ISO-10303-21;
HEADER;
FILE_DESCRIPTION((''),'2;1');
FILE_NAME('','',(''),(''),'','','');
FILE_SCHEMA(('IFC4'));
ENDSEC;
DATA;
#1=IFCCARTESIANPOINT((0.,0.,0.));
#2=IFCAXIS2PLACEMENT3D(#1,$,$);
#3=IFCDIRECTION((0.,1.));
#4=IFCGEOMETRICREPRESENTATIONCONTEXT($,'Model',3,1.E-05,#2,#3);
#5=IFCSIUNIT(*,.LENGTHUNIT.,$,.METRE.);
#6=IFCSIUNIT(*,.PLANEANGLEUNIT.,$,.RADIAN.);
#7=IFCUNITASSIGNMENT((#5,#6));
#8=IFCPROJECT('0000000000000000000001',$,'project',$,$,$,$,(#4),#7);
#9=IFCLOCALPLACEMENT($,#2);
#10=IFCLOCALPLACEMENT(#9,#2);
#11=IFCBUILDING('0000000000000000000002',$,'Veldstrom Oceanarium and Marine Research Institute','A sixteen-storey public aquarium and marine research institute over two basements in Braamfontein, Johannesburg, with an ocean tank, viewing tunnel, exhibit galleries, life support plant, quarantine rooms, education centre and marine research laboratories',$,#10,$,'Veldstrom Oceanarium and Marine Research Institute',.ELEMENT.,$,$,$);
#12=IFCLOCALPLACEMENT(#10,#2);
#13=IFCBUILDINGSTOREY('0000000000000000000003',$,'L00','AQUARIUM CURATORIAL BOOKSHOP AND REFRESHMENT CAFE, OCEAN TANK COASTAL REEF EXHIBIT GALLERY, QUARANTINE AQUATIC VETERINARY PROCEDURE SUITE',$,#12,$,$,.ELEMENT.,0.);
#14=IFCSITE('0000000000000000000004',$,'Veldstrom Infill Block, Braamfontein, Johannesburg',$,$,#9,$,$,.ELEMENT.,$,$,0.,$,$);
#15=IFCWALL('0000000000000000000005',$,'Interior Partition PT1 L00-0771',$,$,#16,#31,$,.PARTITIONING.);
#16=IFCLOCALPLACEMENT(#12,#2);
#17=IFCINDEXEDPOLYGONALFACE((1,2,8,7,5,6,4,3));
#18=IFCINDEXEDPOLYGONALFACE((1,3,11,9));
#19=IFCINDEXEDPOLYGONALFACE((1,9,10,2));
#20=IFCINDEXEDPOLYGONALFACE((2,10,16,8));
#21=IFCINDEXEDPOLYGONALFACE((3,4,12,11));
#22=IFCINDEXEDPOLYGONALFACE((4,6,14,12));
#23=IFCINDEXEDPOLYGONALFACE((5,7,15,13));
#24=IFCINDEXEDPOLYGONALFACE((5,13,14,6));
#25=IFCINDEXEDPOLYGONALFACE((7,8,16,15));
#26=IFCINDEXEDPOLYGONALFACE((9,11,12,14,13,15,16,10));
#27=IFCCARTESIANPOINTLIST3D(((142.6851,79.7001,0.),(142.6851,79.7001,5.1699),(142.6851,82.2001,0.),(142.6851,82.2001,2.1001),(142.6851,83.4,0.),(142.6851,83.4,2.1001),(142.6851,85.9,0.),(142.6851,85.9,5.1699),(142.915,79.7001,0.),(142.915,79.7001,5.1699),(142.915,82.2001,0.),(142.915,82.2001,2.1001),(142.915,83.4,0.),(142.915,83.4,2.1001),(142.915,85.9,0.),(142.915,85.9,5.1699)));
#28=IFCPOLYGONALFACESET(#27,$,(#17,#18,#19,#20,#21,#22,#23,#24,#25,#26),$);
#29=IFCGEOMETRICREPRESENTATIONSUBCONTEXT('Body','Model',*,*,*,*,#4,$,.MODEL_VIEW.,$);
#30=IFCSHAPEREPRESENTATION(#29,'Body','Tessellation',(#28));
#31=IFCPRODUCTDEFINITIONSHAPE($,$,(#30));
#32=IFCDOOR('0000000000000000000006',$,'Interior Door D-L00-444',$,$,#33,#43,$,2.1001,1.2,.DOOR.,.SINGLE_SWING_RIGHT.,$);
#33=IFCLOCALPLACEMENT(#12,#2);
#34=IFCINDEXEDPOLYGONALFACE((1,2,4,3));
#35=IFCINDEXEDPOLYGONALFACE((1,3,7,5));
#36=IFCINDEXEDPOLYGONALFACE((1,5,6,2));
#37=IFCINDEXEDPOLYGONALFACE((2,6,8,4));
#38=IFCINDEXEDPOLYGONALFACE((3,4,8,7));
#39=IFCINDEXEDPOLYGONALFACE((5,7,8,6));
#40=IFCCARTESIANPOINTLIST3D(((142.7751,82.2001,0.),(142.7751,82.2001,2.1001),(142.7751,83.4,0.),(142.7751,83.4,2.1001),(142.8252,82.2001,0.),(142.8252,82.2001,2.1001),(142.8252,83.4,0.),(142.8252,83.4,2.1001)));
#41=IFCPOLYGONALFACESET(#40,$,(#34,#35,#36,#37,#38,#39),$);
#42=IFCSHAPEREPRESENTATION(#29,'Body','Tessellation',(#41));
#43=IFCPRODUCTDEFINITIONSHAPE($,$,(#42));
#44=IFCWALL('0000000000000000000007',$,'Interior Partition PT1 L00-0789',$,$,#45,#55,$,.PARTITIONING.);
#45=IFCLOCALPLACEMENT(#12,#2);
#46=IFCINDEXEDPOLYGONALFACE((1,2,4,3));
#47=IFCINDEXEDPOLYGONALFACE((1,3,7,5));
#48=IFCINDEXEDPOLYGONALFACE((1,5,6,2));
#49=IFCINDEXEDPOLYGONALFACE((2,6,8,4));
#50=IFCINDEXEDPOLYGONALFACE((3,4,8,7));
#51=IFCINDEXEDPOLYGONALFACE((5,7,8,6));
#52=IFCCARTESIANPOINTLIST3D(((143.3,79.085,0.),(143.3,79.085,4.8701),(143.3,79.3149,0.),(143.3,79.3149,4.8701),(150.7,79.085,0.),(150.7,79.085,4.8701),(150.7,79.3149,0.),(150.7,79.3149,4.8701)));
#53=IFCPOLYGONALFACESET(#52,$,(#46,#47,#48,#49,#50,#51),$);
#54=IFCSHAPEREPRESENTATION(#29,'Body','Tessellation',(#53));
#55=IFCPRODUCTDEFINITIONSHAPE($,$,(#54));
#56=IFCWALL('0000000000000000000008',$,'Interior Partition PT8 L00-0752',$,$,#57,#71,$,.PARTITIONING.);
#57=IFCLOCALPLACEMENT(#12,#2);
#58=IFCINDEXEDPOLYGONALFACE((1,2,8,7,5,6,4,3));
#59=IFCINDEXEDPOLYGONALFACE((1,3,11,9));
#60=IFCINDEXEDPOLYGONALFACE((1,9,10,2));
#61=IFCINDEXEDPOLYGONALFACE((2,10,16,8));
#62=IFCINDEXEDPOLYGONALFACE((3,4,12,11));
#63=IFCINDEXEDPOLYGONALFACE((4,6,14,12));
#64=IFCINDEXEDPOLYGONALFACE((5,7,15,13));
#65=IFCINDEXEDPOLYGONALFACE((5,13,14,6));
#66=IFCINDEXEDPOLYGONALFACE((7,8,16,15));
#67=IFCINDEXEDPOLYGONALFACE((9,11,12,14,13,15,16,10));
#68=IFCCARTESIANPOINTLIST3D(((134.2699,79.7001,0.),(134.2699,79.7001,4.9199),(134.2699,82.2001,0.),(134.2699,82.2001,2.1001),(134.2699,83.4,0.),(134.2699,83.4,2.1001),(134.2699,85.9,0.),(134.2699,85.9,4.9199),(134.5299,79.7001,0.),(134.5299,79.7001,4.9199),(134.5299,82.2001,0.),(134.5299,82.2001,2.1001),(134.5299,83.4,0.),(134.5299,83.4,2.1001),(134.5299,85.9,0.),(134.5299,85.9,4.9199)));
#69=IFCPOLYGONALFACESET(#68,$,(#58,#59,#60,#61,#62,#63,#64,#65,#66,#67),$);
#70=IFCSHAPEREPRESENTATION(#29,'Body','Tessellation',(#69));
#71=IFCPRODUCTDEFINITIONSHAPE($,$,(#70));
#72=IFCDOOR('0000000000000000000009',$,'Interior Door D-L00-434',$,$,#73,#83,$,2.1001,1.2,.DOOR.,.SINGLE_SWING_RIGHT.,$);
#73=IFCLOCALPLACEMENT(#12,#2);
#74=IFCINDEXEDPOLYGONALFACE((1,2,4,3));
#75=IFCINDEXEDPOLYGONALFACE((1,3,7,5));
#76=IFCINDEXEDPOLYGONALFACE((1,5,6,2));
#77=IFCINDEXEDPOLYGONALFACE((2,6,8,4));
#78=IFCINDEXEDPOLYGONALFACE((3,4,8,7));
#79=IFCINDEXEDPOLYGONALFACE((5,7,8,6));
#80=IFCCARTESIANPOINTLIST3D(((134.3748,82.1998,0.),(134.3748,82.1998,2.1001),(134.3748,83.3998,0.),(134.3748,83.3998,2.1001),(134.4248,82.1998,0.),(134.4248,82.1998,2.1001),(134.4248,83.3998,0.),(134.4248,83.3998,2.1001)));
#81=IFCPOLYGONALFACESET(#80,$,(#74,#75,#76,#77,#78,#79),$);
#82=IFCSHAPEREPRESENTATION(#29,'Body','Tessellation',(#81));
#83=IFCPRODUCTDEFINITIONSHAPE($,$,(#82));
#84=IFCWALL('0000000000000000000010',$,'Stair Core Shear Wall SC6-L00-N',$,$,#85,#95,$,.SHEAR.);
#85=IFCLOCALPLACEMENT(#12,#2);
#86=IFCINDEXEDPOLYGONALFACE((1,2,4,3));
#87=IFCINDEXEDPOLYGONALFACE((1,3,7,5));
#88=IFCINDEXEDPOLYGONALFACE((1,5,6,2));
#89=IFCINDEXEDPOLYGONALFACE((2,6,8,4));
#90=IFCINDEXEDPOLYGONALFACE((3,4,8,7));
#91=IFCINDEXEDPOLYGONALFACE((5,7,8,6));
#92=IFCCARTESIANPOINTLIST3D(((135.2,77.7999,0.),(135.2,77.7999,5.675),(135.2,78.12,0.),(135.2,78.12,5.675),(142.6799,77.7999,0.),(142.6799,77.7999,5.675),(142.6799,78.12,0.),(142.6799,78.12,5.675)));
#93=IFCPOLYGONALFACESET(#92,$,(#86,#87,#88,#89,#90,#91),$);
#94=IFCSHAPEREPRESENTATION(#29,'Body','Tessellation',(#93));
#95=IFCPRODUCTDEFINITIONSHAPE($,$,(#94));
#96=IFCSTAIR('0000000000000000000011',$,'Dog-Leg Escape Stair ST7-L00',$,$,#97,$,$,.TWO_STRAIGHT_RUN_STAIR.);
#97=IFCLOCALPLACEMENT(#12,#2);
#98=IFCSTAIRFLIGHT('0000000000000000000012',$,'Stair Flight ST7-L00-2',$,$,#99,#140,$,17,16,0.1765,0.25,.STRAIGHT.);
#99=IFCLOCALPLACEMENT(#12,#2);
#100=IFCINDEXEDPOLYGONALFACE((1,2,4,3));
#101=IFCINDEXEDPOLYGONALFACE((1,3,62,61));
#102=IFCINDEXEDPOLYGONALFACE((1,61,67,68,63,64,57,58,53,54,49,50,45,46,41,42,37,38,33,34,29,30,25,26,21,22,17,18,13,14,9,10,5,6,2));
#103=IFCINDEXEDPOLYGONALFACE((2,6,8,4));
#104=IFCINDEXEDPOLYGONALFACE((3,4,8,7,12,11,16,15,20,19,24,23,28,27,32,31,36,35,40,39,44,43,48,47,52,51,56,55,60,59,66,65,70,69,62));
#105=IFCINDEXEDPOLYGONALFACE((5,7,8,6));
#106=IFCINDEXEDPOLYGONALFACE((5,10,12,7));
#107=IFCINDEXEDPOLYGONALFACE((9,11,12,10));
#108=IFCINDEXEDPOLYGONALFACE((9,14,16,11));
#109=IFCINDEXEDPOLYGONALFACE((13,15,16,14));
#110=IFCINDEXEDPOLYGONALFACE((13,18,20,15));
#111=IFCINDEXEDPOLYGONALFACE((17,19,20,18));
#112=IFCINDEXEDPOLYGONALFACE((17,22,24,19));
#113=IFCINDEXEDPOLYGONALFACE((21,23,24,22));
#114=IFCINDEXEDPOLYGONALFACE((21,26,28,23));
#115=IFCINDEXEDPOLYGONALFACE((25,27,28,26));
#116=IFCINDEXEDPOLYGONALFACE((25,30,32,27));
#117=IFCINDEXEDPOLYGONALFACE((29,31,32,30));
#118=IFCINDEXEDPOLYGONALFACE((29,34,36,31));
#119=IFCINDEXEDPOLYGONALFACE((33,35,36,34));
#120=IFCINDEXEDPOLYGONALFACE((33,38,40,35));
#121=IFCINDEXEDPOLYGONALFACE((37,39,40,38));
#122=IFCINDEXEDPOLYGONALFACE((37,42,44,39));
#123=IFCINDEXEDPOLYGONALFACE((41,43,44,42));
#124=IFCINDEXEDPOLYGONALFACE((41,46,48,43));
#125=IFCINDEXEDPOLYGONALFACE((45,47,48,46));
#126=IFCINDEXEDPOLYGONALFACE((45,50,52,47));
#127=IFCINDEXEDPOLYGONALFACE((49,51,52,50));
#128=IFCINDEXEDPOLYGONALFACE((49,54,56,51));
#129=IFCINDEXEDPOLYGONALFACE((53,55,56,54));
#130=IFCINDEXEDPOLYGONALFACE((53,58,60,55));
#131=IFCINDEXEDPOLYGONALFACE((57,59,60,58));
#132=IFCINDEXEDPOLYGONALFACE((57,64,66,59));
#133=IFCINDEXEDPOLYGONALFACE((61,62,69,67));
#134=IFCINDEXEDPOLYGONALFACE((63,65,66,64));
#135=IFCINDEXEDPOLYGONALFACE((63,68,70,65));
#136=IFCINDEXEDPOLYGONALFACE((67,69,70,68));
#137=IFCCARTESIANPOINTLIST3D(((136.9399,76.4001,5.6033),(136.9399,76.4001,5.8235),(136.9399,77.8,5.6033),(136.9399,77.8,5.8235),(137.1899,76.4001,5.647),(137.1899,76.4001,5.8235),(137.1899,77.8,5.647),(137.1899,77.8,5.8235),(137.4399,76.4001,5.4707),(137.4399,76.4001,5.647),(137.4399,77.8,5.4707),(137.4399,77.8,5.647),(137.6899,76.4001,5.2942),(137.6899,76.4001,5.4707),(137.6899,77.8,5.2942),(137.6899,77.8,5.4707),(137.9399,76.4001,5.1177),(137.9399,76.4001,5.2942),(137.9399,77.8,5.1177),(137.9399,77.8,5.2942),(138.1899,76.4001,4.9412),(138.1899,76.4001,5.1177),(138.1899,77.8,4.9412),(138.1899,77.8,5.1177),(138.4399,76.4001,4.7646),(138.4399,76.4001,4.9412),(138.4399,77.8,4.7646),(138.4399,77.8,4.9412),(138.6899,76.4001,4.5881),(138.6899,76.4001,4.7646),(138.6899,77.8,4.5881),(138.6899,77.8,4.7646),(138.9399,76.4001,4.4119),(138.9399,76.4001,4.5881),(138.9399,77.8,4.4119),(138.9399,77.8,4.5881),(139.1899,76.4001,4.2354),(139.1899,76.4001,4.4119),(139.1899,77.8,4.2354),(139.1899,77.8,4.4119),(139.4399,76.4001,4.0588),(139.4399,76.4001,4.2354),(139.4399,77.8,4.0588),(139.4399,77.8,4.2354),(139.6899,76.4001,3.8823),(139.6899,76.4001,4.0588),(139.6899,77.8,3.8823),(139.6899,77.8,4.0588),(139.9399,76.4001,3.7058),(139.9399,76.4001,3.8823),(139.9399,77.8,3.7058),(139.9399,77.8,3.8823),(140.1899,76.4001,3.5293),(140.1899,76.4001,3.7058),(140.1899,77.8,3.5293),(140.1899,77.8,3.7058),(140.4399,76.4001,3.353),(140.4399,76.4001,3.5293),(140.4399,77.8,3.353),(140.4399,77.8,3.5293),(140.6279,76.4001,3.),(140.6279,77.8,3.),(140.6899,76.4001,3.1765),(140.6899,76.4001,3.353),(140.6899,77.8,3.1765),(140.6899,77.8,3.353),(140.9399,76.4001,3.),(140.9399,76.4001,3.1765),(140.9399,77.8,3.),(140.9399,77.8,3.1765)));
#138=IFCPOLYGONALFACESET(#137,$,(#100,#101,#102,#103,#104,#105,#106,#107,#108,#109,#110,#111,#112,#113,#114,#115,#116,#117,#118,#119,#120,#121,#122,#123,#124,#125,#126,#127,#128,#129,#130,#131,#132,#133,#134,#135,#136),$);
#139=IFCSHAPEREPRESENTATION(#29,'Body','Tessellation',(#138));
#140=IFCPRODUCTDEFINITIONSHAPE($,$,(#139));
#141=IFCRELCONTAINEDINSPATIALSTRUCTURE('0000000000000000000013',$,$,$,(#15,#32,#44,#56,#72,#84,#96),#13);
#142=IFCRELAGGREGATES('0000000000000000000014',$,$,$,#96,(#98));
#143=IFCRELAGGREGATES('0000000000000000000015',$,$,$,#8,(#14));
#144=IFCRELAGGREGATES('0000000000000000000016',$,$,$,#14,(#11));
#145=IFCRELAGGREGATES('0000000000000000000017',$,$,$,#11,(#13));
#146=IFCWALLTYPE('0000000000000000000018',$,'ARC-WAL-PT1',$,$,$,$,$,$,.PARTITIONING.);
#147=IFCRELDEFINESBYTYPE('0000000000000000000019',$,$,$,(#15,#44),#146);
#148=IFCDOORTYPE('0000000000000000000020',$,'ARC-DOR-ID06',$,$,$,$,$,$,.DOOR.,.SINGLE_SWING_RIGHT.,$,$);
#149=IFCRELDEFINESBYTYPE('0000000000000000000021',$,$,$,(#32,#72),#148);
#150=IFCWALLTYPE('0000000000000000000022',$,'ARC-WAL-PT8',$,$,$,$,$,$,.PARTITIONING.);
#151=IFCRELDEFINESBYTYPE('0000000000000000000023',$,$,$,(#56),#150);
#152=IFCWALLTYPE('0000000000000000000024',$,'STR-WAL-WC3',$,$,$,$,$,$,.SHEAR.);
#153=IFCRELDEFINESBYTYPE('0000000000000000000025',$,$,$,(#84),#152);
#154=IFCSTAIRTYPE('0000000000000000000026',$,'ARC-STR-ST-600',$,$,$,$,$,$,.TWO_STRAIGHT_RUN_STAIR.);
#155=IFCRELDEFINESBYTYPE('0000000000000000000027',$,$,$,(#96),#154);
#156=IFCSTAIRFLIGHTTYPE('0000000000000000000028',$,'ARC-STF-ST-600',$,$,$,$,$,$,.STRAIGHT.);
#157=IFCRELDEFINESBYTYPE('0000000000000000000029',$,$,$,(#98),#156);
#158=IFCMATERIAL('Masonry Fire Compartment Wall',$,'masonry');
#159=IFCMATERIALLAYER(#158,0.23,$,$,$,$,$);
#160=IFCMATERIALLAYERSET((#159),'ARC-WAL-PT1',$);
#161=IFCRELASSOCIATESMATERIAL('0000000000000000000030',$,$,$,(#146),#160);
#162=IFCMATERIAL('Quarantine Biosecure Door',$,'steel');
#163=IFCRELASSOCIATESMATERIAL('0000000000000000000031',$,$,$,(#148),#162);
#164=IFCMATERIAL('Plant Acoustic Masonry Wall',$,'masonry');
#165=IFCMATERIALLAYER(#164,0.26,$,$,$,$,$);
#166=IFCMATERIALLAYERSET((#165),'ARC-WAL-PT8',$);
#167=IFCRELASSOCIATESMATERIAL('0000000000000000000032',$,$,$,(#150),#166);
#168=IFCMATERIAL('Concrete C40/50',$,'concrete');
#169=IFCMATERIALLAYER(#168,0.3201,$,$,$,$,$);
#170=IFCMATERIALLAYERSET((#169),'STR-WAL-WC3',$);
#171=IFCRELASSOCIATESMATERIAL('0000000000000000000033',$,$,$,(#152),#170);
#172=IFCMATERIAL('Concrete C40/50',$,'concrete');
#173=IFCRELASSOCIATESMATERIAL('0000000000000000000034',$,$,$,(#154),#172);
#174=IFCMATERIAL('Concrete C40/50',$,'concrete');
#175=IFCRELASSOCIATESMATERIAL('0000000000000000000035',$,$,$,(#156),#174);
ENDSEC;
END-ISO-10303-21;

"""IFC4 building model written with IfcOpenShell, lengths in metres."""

from ifc_helpers import new_model, si_unit, direction, frame, frame_2d, origin, place, context, subcontext, project, spatial, polyline, rectangle, outline, extrude, material, layer, layer_set, type_object, element, fill, aggregate, save


model = new_model("IFC4")

# Units and contexts
model_context = context("Model", 3, precision=1e-05, world=origin(), true_north=direction((0.0, 1.0)))
body_context = subcontext(model_context, "Body", "Model", "MODEL_VIEW")
ifc_project = project(units=[si_unit("LENGTHUNIT", "METRE"), si_unit("PLANEANGLEUNIT", "RADIAN")], contexts=[model_context])

# Site, building, storey
site_placement = place(None, origin())
site = spatial("IfcSite", under=ifc_project, at=site_placement, Name="Veldstrom Infill Block, Braamfontein, Johannesburg", CompositionType="ELEMENT", RefElevation=0.0)
building_placement = place(site_placement, origin())
building = spatial("IfcBuilding", under=site, at=building_placement, Name="Veldstrom Oceanarium and Marine Research Institute", Description="A sixteen-storey public aquarium and marine research institute over two basements in Braamfontein, Johannesburg, with an ocean tank, viewing tunnel, exhibit galleries, life support plant, quarantine rooms, education centre and marine research laboratories", LongName="Veldstrom Oceanarium and Marine Research Institute", CompositionType="ELEMENT")
storey_placement = place(building_placement, origin())
storey = spatial("IfcBuildingStorey", under=building, at=storey_placement, Name="L00", Description="AQUARIUM CURATORIAL BOOKSHOP AND REFRESHMENT CAFE, OCEAN TANK COASTAL REEF EXHIBIT GALLERY, QUARANTINE AQUATIC VETERINARY PROCEDURE SUITE", CompositionType="ELEMENT", Elevation=0.0)

# Shared definitions
ifc_material_1 = material(Name="Masonry Fire Compartment Wall", Category="masonry")
ifc_layer_1 = layer(ifc_material_1, 0.23)
ifc_layer_set_1 = layer_set([ifc_layer_1], Name="ARC-WAL-PT1")
wall_type_1 = type_object("IfcWallType", Name="ARC-WAL-PT1", PredefinedType="PARTITIONING", material=ifc_layer_set_1)

# Wall, opening, door
wall_1_placement = place(storey_placement, frame((142.8, 79.7, 0.0), z_axis=(0.0, 0.0, 1.0), x_axis=(0.0, 1.0, 0.0)))
wall_1 = element("IfcWall", 1, at=wall_1_placement, inside=storey, type_object=wall_type_1, Name="Interior Partition PT1 L00-0771", PredefinedType="PARTITIONING", context=body_context, shape_type="SweptSolid", body=[
    extrude(rectangle(XDim=6.2, YDim=0.23, at=frame_2d((3.1001, 0.0))), origin(), (0.0, 0.0, 1.0), 5.1699),
])
opening_1_placement = place(wall_1_placement, frame((2.5, 0.0, 0.0)))
opening_1 = element("IfcOpeningElement", 2, at=opening_1_placement, cuts=wall_1, PredefinedType="OPENING", context=body_context, shape_type="SweptSolid", body=[
    extrude(rectangle(XDim=1.2, YDim=2.1001, at=frame_2d((0.6001, 1.05))), frame((0.0, 0.125, 0.0), z_axis=(0.0, -1.0, 0.0), x_axis=(1.0, 0.0, 0.0)), (0.0, 0.0, 1.0), 0.25),
])
ifc_material_2 = material(Name="Quarantine Biosecure Door", Category="steel")
door_type = type_object("IfcDoorType", Name="ARC-DOR-ID06", OperationType="SINGLE_SWING_RIGHT", PredefinedType="DOOR", material=ifc_material_2)
door_1_placement = place(opening_1_placement, origin())
door_1 = element("IfcDoor", 3, at=door_1_placement, inside=storey, type_object=door_type, Name="Interior Door D-L00-444", OperationType="SINGLE_SWING_RIGHT", OverallHeight=2.1001, OverallWidth=1.2, PredefinedType="DOOR", context=body_context, shape_type="SweptSolid", body=[
    extrude(rectangle(XDim=1.2, YDim=2.1001, at=frame_2d((0.6001, 1.05))), frame((0.0, 0.0249, 0.0), z_axis=(0.0, -1.0, 0.0), x_axis=(1.0, 0.0, 0.0)), (0.0, 0.0, 1.0), 0.05),
])
fill(opening_1, door_1)

# Wall
wall_2_placement = place(storey_placement, frame((143.3, 79.2, 0.0), z_axis=(0.0, 0.0, 1.0), x_axis=(1.0, 0.0, 0.0)))
element("IfcWall", 4, at=wall_2_placement, inside=storey, type_object=wall_type_1, Name="Interior Partition PT1 L00-0789", PredefinedType="PARTITIONING", context=body_context, shape_type="SweptSolid", body=[
    extrude(rectangle(XDim=7.3999, YDim=0.23, at=frame_2d((3.7, 0.0))), origin(), (0.0, 0.0, 1.0), 4.8701),
])

# Wall, opening, door
ifc_material_3 = material(Name="Plant Acoustic Masonry Wall", Category="masonry")
ifc_layer_2 = layer(ifc_material_3, 0.26)
ifc_layer_set_2 = layer_set([ifc_layer_2], Name="ARC-WAL-PT8")
wall_type_2 = type_object("IfcWallType", Name="ARC-WAL-PT8", PredefinedType="PARTITIONING", material=ifc_layer_set_2)
wall_3_placement = place(storey_placement, frame((134.3999, 79.7, 0.0), z_axis=(0.0, 0.0, 1.0), x_axis=(0.0, 1.0, 0.0)))
wall_3 = element("IfcWall", 5, at=wall_3_placement, inside=storey, type_object=wall_type_2, Name="Interior Partition PT8 L00-0752", PredefinedType="PARTITIONING", context=body_context, shape_type="SweptSolid", body=[
    extrude(rectangle(XDim=6.2, YDim=0.26, at=frame_2d((3.1001, 0.0))), origin(), (0.0, 0.0, 1.0), 4.9199),
])
opening_2_placement = place(wall_3_placement, frame((2.5, 0.0, 0.0)))
opening_2 = element("IfcOpeningElement", 6, at=opening_2_placement, cuts=wall_3, PredefinedType="OPENING", context=body_context, shape_type="SweptSolid", body=[
    extrude(rectangle(XDim=1.2, YDim=2.1001, at=frame_2d((0.6001, 1.05))), frame((0.0, 0.1399, 0.0), z_axis=(0.0, -1.0, 0.0), x_axis=(1.0, 0.0, 0.0)), (0.0, 0.0, 1.0), 0.28),
])
door_2_placement = place(opening_2_placement, frame((1.2, 0.0, 0.0), z_axis=(0.0, 0.0, 1.0), x_axis=(-1.0, 0.0, 0.0)))
door_2 = element("IfcDoor", 7, at=door_2_placement, inside=storey, type_object=door_type, Name="Interior Door D-L00-434", OperationType="SINGLE_SWING_RIGHT", OverallHeight=2.1001, OverallWidth=1.2, PredefinedType="DOOR", context=body_context, shape_type="SweptSolid", body=[
    extrude(rectangle(XDim=1.2, YDim=2.1001, at=frame_2d((0.6001, 1.05))), frame((0.0, 0.0249, 0.0), z_axis=(0.0, -1.0, 0.0), x_axis=(1.0, 0.0, 0.0)), (0.0, 0.0, 1.0), 0.05),
])
fill(opening_2, door_2)

# Wall
ifc_material_4 = material(Name="Concrete C40/50", Category="concrete")
ifc_layer_3 = layer(ifc_material_4, 0.3201)
ifc_layer_set_3 = layer_set([ifc_layer_3], Name="STR-WAL-WC3")
wall_type_3 = type_object("IfcWallType", Name="STR-WAL-WC3", PredefinedType="SHEAR", material=ifc_layer_set_3)
wall_4_placement = place(storey_placement, frame((135.2, 77.96, 0.0), z_axis=(0.0, 0.0, 1.0), x_axis=(1.0, 0.0, 0.0)))
element("IfcWall", 8, at=wall_4_placement, inside=storey, type_object=wall_type_3, Name="Stair Core Shear Wall SC6-L00-N", PredefinedType="SHEAR", context=body_context, shape_type="SweptSolid", body=[
    extrude(rectangle(XDim=7.48, YDim=0.3201, at=frame_2d((3.74, 0.0))), origin(), (0.0, 0.0, 1.0), 5.675),
])

# Stair, stair flight
ifc_material_5 = material(Name="Concrete C40/50", Category="concrete")
stair_type = type_object("IfcStairType", Name="ARC-STR-ST-600", PredefinedType="TWO_STRAIGHT_RUN_STAIR", material=ifc_material_5)
stair_placement = place(storey_placement, origin())
stair = element("IfcStair", 9, at=stair_placement, inside=storey, type_object=stair_type, Name="Dog-Leg Escape Stair ST7-L00", PredefinedType="TWO_STRAIGHT_RUN_STAIR")
ifc_material_6 = material(Name="Concrete C40/50", Category="concrete")
stair_flight_type = type_object("IfcStairFlightType", Name="ARC-STF-ST-600", PredefinedType="STRAIGHT", material=ifc_material_6)
stair_flight_placement = place(storey_placement, frame((140.9399, 77.1001, 3.0), z_axis=(0.0, 0.0, 1.0), x_axis=(-1.0, 0.0, 0.0)))
stair_flight = element("IfcStairFlight", 10, at=stair_flight_placement, type_object=stair_flight_type, Name="Stair Flight ST7-L00-2", NumberOfRisers=17, NumberOfTreads=16, PredefinedType="STRAIGHT", RiserHeight=0.1765, TreadLength=0.25, context=body_context, shape_type="SweptSolid", body=[
    extrude(outline(polyline([(0.0, 0.0), (0.0, 0.1765), (0.25, 0.1765), (0.25, 0.353), (0.5, 0.353), (0.5, 0.5293), (0.75, 0.5293), (0.75, 0.7058), (1.0, 0.7058), (1.0, 0.8823), (1.25, 0.8823), (1.25, 1.0588), (1.5, 1.0588), (1.5, 1.2354), (1.75, 1.2354), (1.75, 1.4119), (2.0, 1.4119), (2.0, 1.5881), (2.25, 1.5881), (2.25, 1.7646), (2.5, 1.7646), (2.5, 1.9412), (2.75, 1.9412), (2.75, 2.1177), (3.0, 2.1177), (3.0, 2.2942), (3.25, 2.2942), (3.25, 2.4707), (3.5, 2.4707), (3.5, 2.647), (3.75, 2.647), (3.75, 2.8235), (4.0, 2.8235), (4.0, 3.0), (4.0, 2.6033), (0.312, 0.0), (0.0, 0.0)])), frame((0.0, 0.7, 0.0), z_axis=(0.0, -1.0, 0.0), x_axis=(1.0, 0.0, 0.0)), (0.0, 0.0, 1.0), 1.3999),
])
aggregate(stair, [stair_flight])

save(model, "model.ifc")
